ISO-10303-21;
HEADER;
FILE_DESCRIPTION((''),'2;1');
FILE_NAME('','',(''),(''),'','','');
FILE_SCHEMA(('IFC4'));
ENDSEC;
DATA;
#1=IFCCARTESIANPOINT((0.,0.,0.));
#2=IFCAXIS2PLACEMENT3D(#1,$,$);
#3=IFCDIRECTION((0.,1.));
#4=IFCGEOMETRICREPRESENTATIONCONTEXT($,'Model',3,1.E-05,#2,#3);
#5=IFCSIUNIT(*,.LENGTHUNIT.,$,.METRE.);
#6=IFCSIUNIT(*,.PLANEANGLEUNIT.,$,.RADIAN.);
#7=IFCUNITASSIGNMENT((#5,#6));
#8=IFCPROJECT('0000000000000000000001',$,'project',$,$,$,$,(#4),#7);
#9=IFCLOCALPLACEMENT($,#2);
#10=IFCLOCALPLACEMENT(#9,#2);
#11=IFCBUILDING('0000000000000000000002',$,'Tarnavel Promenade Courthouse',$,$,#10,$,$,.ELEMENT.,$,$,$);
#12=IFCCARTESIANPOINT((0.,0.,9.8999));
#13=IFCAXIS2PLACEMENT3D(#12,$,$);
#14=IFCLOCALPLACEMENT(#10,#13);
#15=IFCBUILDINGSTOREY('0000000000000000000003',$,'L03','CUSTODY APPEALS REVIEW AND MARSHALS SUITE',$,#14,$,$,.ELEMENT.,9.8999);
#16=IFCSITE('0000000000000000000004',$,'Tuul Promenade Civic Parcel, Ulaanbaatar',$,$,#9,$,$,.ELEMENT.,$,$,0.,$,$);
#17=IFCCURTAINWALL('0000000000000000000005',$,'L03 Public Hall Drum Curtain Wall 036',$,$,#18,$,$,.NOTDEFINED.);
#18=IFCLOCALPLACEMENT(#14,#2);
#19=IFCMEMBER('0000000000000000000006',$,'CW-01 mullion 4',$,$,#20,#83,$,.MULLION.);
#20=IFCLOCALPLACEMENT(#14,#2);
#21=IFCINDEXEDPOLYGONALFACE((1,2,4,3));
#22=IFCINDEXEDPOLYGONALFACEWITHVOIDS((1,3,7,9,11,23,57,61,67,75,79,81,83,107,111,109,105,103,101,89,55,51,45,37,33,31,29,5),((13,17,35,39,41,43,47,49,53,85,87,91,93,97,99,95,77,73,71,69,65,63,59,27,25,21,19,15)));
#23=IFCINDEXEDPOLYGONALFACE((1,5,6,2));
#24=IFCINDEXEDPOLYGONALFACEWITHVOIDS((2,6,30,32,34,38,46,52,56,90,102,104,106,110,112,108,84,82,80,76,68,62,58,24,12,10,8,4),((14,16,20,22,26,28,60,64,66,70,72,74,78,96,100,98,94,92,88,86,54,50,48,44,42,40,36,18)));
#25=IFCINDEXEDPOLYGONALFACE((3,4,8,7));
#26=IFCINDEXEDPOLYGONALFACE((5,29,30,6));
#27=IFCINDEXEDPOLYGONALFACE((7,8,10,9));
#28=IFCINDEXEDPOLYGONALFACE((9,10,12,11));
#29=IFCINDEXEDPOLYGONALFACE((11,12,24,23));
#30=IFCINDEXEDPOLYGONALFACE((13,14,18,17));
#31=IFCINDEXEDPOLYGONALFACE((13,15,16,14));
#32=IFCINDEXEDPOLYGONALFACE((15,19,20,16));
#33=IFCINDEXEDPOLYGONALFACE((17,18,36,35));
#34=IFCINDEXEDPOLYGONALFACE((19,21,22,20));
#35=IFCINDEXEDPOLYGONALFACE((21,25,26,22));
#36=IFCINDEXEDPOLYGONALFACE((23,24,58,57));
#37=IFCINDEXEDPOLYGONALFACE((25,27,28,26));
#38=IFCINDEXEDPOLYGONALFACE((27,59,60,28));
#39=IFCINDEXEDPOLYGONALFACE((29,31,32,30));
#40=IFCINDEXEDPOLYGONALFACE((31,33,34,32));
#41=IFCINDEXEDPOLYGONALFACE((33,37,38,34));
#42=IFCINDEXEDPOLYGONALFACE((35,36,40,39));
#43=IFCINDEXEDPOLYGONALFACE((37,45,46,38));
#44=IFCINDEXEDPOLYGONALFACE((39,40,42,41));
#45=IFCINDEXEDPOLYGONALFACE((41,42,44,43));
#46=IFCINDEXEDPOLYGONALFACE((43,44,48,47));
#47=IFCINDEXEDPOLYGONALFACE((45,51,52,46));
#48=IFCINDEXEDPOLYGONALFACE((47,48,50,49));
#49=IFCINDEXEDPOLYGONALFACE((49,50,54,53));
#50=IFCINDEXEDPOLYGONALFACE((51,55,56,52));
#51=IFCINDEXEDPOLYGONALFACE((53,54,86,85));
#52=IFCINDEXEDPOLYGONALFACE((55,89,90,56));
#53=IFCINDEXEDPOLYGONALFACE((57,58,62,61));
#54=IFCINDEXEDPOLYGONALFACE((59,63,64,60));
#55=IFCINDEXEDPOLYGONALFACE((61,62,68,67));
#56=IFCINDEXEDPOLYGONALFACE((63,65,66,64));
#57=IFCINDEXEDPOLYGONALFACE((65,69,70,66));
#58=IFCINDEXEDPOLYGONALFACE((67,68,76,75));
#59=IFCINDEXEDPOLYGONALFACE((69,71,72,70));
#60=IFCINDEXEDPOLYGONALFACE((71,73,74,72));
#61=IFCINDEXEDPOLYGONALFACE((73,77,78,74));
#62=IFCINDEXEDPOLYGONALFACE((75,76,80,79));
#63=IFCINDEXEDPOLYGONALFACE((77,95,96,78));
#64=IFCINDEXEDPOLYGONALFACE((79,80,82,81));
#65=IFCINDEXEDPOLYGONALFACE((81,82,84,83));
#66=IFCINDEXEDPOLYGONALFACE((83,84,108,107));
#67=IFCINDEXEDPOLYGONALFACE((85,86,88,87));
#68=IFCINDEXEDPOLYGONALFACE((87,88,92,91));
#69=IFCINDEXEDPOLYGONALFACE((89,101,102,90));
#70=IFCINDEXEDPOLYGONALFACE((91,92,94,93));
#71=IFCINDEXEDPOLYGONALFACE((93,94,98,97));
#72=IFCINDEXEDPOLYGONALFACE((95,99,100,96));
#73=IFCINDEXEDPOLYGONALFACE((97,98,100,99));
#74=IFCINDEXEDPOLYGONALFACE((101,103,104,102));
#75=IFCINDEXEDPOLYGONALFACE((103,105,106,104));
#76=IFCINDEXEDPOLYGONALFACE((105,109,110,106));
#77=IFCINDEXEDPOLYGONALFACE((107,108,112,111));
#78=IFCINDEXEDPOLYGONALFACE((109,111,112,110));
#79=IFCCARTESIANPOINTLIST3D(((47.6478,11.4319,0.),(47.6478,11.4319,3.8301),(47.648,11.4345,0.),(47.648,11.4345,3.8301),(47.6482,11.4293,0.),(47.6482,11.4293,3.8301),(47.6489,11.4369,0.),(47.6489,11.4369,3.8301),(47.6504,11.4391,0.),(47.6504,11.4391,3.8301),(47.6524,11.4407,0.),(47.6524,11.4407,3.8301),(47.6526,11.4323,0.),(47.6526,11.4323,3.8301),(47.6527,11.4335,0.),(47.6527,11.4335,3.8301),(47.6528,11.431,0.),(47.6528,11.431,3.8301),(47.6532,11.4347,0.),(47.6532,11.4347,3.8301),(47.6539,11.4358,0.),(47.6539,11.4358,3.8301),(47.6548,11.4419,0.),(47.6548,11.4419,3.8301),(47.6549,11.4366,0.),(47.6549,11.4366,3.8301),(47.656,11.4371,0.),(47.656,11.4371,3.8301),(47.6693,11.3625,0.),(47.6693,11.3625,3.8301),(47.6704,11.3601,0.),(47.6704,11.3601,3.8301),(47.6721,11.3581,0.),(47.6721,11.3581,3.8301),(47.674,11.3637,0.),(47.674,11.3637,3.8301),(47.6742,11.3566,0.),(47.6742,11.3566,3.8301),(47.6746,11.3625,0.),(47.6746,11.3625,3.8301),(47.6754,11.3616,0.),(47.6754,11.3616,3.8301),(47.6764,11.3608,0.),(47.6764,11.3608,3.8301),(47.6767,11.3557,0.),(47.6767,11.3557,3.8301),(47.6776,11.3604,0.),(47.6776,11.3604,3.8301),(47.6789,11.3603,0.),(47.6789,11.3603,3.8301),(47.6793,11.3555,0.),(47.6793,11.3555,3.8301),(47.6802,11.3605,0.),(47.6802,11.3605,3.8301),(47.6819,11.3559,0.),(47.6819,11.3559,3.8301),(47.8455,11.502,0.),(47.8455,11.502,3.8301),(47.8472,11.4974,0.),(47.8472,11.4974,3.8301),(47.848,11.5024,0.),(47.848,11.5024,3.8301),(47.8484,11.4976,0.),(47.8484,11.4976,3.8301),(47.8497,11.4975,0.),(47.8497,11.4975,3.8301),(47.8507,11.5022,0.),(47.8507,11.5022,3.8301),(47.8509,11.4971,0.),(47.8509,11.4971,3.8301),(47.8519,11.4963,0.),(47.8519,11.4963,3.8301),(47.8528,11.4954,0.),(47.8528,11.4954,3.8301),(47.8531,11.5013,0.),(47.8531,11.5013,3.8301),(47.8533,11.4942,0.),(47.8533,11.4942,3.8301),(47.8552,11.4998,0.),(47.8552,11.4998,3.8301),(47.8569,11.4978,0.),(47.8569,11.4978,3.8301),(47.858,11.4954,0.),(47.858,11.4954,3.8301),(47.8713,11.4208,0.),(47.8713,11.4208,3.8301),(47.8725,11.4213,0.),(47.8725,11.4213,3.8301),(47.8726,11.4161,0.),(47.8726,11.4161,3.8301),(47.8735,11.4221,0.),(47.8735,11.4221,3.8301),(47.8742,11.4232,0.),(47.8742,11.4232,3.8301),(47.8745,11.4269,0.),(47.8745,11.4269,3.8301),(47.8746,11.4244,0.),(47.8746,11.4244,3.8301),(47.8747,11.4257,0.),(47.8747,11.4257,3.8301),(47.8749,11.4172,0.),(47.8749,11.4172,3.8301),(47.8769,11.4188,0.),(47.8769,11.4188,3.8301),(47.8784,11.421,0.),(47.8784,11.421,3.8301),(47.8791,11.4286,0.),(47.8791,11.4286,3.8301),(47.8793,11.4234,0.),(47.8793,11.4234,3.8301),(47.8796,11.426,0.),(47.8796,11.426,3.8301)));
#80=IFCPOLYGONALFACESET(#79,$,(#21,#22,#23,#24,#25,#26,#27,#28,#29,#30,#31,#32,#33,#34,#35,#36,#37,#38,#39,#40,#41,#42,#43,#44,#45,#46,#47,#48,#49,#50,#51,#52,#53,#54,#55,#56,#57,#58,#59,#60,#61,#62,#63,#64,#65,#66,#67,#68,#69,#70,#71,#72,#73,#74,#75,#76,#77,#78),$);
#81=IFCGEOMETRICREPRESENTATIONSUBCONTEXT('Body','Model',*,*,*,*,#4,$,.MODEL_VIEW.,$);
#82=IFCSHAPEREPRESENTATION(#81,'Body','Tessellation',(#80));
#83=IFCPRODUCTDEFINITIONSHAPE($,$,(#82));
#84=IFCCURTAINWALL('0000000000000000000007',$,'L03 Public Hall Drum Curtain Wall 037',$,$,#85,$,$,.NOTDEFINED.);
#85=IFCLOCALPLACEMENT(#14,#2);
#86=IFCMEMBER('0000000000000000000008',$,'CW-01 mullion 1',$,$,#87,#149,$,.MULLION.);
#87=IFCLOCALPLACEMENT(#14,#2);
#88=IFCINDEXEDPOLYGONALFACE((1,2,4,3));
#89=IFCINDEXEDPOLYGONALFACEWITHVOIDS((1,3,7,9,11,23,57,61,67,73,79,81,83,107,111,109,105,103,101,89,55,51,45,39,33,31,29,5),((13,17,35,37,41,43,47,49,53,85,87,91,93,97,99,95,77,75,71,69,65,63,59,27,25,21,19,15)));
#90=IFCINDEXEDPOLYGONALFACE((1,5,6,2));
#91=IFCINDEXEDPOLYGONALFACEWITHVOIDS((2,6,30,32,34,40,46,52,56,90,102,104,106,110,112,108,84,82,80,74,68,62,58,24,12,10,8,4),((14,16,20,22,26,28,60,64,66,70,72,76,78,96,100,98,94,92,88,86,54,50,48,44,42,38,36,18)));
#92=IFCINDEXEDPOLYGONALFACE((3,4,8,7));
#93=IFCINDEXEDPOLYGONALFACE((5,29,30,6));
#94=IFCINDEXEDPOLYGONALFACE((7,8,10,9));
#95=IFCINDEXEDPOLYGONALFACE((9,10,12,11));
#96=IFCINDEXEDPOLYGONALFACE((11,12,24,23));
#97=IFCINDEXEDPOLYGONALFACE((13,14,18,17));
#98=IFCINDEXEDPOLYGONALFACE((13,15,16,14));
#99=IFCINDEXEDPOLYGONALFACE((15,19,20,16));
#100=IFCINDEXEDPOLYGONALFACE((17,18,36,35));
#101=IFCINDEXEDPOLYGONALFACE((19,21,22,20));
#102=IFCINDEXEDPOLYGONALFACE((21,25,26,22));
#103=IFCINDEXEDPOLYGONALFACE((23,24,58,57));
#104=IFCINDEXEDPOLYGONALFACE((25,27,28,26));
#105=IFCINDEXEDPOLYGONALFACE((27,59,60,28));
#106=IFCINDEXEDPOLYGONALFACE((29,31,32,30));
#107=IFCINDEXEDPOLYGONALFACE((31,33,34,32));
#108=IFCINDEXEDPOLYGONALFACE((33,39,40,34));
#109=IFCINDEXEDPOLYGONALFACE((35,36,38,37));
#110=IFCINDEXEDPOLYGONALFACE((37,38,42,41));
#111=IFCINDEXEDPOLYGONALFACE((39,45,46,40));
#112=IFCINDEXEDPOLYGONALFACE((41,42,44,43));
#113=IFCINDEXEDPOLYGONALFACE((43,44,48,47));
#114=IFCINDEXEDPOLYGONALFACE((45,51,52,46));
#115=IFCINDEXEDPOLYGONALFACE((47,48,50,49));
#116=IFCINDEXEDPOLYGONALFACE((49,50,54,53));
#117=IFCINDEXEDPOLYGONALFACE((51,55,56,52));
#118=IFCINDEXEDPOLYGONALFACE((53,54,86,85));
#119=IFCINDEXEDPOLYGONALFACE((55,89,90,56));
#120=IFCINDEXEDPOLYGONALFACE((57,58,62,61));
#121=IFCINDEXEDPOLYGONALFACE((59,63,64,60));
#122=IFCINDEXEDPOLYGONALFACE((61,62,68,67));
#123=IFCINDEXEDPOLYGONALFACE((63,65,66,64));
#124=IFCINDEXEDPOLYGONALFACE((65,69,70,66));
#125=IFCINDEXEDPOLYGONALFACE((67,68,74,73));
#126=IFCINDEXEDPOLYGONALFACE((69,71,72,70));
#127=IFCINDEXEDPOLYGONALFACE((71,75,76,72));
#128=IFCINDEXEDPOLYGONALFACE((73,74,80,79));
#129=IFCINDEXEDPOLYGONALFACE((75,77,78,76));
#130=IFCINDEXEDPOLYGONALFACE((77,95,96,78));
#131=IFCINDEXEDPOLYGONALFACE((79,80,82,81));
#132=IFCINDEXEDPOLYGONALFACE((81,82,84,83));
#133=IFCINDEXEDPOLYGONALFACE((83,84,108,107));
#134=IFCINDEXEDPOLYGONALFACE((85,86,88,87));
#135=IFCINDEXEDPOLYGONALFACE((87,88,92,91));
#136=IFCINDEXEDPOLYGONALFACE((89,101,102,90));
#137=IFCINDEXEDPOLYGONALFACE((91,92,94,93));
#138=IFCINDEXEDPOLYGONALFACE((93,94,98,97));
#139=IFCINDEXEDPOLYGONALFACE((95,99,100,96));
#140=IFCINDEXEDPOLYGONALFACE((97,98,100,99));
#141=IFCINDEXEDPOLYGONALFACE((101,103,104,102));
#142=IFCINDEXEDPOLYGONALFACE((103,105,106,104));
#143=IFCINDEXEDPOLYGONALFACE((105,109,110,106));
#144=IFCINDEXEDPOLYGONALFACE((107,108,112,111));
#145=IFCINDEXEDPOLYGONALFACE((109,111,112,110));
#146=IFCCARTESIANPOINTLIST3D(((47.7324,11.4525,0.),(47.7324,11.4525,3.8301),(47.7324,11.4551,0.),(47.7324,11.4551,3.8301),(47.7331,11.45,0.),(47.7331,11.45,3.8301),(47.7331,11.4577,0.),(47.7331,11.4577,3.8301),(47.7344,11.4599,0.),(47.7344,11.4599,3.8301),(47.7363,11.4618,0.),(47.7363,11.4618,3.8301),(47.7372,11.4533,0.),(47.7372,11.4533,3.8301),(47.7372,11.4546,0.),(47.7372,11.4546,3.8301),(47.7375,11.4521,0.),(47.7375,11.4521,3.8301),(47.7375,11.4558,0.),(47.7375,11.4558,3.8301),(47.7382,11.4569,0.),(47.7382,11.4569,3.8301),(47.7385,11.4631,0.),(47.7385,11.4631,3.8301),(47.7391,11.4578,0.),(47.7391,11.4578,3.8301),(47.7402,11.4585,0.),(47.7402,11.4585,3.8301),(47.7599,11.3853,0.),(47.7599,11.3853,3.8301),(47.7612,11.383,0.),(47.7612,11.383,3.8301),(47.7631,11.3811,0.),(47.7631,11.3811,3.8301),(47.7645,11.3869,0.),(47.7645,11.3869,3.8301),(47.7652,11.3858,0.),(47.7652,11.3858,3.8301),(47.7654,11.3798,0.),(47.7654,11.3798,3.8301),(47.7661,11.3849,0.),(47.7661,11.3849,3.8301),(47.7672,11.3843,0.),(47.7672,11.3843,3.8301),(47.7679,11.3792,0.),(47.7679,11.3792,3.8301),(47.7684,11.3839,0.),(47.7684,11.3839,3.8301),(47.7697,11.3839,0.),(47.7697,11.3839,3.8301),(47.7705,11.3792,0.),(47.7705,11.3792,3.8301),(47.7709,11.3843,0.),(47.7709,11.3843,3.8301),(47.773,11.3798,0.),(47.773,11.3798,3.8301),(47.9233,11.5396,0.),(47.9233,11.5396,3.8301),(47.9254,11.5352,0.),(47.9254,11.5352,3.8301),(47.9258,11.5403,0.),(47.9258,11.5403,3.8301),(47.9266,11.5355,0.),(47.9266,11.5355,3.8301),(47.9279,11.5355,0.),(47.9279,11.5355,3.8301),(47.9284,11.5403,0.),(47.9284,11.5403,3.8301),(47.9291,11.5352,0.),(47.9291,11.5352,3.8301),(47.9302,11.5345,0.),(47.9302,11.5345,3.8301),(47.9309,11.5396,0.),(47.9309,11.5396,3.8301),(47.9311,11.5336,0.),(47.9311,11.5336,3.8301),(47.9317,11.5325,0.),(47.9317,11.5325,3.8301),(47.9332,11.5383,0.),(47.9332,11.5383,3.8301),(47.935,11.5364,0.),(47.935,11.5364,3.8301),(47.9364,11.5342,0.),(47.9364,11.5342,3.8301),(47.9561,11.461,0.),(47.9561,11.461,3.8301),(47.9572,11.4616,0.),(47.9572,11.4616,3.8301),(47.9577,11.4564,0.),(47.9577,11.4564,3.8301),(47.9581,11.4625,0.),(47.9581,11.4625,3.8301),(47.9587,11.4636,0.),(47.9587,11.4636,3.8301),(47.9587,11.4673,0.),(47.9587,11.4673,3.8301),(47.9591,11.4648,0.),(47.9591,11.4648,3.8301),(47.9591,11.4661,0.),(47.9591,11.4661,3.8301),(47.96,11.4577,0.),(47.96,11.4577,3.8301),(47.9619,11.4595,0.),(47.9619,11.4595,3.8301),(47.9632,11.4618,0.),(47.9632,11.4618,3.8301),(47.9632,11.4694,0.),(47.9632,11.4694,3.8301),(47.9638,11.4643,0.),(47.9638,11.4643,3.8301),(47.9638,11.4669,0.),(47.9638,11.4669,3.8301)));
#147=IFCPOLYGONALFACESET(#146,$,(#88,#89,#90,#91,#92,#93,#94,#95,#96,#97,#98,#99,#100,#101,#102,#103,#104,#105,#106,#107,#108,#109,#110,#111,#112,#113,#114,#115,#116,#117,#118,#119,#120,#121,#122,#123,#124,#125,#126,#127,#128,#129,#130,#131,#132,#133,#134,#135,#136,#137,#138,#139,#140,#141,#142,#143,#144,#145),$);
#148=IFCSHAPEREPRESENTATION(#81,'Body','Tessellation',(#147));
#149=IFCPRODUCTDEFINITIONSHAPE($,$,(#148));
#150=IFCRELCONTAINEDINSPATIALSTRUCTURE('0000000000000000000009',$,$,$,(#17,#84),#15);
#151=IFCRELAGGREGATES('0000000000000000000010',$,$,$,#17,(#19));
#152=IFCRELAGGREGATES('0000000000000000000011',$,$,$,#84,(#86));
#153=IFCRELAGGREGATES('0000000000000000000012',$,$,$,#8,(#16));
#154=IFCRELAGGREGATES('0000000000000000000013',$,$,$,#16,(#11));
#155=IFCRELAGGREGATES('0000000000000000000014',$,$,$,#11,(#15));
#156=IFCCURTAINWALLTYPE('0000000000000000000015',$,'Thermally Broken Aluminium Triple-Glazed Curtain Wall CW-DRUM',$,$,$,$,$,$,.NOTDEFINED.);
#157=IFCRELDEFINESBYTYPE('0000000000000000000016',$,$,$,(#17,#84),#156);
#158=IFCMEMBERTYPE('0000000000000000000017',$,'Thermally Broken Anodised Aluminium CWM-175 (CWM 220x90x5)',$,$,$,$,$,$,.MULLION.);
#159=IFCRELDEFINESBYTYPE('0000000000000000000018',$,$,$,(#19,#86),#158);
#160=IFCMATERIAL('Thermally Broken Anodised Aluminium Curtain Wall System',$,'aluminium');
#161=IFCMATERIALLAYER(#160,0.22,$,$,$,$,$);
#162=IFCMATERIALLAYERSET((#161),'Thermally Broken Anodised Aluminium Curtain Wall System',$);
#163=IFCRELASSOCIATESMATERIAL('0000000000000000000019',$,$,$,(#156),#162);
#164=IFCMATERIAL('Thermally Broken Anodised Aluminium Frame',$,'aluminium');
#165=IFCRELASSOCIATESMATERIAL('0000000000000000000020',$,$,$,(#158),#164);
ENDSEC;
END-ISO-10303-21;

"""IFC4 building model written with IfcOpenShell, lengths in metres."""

from ifc_helpers import new_model, si_unit, direction, frame, origin, origin_2d, place, context, subcontext, project, spatial, hollow_rectangle, extrude, material, layer, layer_set, material_profile, profile_set, type_object, element, aggregate, save


model = new_model("IFC4")

# Units and contexts
model_context = context("Model", 3, precision=1e-05, world=origin(), true_north=direction((0.0, 1.0)))
body_context = subcontext(model_context, "Body", "Model", "MODEL_VIEW")
ifc_project = project(units=[si_unit("LENGTHUNIT", "METRE"), si_unit("PLANEANGLEUNIT", "RADIAN")], contexts=[model_context])

# Site, building, storey
site_placement = place(None, origin())
site = spatial("IfcSite", under=ifc_project, at=site_placement, Name="Tuul Promenade Civic Parcel, Ulaanbaatar", CompositionType="ELEMENT", RefElevation=0.0)
building_placement = place(site_placement, origin())
building = spatial("IfcBuilding", under=site, at=building_placement, Name="Tarnavel Promenade Courthouse", CompositionType="ELEMENT")
storey_placement = place(building_placement, frame((0.0, 0.0, 9.8999)))
storey = spatial("IfcBuildingStorey", under=building, at=storey_placement, Name="L03", Description="CUSTODY APPEALS REVIEW AND MARSHALS SUITE", CompositionType="ELEMENT", Elevation=9.8999)

# Curtain walls, members
ifc_material_1 = material(Name="Thermally Broken Anodised Aluminium Curtain Wall System", Category="aluminium")
ifc_layer_1 = layer(ifc_material_1, 0.22)
ifc_layer_set_1 = layer_set([ifc_layer_1], Name="Thermally Broken Anodised Aluminium Curtain Wall System")
curtain_wall_type = type_object("IfcCurtainWallType", Name="Thermally Broken Aluminium Triple-Glazed Curtain Wall CW-DRUM", PredefinedType="NOTDEFINED", material=ifc_layer_set_1)
curtain_wall_1_placement = place(storey_placement, origin())
curtain_wall_1 = element("IfcCurtainWall", 1, at=curtain_wall_1_placement, inside=storey, type_object=curtain_wall_type, Name="L03 Public Hall Drum Curtain Wall 036", PredefinedType="NOTDEFINED")
ifc_material_2 = material(Name="Thermally Broken Anodised Aluminium Frame", Category="aluminium")
ifc_material_profile_1 = material_profile(ifc_material_2, hollow_rectangle(XDim=0.0901, YDim=0.22, WallThickness=0.0049, InnerFilletRadius=0.0049, OuterFilletRadius=0.01, at=origin_2d()), Name="CWM 220x90x5")
ifc_profile_set_1 = profile_set([ifc_material_profile_1], Name="Thermally Broken Anodised Aluminium Frame")
member_type_1 = type_object("IfcMemberType", Name="Thermally Broken Anodised Aluminium CWM-175 (CWM 220x90x5)", PredefinedType="MULLION", material=ifc_profile_set_1)
member_1_placement = place(storey_placement, frame((47.7637, 11.429, 0.0), z_axis=(0.0, 0.0, 1.0), x_axis=(-0.300705, 0.953717, 0.0)))
member_1 = element("IfcMember", 2, at=member_1_placement, type_object=member_type_1, Name="CW-01 mullion 4", PredefinedType="MULLION", context=body_context, shape_type="SweptSolid", body=[
    extrude(hollow_rectangle(XDim=0.0901, YDim=0.22, WallThickness=0.0049, InnerFilletRadius=0.0049, OuterFilletRadius=0.01, at=origin_2d()), origin(), (0.0, 0.0, 1.0), 3.8301),
])
curtain_wall_2_placement = place(storey_placement, origin())
curtain_wall_2 = element("IfcCurtainWall", 3, at=curtain_wall_2_placement, inside=storey, type_object=curtain_wall_type, Name="L03 Public Hall Drum Curtain Wall 037", PredefinedType="NOTDEFINED")
member_2_placement = place(storey_placement, frame((47.8481, 11.4597, 0.0), z_axis=(0.0, 0.0, 1.0), x_axis=(-0.382685, 0.923879, 0.0)))
member_2 = element("IfcMember", 4, at=member_2_placement, type_object=member_type_1, Name="CW-01 mullion 1", PredefinedType="MULLION", context=body_context, shape_type="SweptSolid", body=[
    extrude(hollow_rectangle(XDim=0.0901, YDim=0.22, WallThickness=0.0049, InnerFilletRadius=0.0049, OuterFilletRadius=0.01, at=origin_2d()), origin(), (0.0, 0.0, 1.0), 3.8301),
])

aggregate(curtain_wall_1, [member_1])
aggregate(curtain_wall_2, [member_2])

save(model, "model.ifc")
